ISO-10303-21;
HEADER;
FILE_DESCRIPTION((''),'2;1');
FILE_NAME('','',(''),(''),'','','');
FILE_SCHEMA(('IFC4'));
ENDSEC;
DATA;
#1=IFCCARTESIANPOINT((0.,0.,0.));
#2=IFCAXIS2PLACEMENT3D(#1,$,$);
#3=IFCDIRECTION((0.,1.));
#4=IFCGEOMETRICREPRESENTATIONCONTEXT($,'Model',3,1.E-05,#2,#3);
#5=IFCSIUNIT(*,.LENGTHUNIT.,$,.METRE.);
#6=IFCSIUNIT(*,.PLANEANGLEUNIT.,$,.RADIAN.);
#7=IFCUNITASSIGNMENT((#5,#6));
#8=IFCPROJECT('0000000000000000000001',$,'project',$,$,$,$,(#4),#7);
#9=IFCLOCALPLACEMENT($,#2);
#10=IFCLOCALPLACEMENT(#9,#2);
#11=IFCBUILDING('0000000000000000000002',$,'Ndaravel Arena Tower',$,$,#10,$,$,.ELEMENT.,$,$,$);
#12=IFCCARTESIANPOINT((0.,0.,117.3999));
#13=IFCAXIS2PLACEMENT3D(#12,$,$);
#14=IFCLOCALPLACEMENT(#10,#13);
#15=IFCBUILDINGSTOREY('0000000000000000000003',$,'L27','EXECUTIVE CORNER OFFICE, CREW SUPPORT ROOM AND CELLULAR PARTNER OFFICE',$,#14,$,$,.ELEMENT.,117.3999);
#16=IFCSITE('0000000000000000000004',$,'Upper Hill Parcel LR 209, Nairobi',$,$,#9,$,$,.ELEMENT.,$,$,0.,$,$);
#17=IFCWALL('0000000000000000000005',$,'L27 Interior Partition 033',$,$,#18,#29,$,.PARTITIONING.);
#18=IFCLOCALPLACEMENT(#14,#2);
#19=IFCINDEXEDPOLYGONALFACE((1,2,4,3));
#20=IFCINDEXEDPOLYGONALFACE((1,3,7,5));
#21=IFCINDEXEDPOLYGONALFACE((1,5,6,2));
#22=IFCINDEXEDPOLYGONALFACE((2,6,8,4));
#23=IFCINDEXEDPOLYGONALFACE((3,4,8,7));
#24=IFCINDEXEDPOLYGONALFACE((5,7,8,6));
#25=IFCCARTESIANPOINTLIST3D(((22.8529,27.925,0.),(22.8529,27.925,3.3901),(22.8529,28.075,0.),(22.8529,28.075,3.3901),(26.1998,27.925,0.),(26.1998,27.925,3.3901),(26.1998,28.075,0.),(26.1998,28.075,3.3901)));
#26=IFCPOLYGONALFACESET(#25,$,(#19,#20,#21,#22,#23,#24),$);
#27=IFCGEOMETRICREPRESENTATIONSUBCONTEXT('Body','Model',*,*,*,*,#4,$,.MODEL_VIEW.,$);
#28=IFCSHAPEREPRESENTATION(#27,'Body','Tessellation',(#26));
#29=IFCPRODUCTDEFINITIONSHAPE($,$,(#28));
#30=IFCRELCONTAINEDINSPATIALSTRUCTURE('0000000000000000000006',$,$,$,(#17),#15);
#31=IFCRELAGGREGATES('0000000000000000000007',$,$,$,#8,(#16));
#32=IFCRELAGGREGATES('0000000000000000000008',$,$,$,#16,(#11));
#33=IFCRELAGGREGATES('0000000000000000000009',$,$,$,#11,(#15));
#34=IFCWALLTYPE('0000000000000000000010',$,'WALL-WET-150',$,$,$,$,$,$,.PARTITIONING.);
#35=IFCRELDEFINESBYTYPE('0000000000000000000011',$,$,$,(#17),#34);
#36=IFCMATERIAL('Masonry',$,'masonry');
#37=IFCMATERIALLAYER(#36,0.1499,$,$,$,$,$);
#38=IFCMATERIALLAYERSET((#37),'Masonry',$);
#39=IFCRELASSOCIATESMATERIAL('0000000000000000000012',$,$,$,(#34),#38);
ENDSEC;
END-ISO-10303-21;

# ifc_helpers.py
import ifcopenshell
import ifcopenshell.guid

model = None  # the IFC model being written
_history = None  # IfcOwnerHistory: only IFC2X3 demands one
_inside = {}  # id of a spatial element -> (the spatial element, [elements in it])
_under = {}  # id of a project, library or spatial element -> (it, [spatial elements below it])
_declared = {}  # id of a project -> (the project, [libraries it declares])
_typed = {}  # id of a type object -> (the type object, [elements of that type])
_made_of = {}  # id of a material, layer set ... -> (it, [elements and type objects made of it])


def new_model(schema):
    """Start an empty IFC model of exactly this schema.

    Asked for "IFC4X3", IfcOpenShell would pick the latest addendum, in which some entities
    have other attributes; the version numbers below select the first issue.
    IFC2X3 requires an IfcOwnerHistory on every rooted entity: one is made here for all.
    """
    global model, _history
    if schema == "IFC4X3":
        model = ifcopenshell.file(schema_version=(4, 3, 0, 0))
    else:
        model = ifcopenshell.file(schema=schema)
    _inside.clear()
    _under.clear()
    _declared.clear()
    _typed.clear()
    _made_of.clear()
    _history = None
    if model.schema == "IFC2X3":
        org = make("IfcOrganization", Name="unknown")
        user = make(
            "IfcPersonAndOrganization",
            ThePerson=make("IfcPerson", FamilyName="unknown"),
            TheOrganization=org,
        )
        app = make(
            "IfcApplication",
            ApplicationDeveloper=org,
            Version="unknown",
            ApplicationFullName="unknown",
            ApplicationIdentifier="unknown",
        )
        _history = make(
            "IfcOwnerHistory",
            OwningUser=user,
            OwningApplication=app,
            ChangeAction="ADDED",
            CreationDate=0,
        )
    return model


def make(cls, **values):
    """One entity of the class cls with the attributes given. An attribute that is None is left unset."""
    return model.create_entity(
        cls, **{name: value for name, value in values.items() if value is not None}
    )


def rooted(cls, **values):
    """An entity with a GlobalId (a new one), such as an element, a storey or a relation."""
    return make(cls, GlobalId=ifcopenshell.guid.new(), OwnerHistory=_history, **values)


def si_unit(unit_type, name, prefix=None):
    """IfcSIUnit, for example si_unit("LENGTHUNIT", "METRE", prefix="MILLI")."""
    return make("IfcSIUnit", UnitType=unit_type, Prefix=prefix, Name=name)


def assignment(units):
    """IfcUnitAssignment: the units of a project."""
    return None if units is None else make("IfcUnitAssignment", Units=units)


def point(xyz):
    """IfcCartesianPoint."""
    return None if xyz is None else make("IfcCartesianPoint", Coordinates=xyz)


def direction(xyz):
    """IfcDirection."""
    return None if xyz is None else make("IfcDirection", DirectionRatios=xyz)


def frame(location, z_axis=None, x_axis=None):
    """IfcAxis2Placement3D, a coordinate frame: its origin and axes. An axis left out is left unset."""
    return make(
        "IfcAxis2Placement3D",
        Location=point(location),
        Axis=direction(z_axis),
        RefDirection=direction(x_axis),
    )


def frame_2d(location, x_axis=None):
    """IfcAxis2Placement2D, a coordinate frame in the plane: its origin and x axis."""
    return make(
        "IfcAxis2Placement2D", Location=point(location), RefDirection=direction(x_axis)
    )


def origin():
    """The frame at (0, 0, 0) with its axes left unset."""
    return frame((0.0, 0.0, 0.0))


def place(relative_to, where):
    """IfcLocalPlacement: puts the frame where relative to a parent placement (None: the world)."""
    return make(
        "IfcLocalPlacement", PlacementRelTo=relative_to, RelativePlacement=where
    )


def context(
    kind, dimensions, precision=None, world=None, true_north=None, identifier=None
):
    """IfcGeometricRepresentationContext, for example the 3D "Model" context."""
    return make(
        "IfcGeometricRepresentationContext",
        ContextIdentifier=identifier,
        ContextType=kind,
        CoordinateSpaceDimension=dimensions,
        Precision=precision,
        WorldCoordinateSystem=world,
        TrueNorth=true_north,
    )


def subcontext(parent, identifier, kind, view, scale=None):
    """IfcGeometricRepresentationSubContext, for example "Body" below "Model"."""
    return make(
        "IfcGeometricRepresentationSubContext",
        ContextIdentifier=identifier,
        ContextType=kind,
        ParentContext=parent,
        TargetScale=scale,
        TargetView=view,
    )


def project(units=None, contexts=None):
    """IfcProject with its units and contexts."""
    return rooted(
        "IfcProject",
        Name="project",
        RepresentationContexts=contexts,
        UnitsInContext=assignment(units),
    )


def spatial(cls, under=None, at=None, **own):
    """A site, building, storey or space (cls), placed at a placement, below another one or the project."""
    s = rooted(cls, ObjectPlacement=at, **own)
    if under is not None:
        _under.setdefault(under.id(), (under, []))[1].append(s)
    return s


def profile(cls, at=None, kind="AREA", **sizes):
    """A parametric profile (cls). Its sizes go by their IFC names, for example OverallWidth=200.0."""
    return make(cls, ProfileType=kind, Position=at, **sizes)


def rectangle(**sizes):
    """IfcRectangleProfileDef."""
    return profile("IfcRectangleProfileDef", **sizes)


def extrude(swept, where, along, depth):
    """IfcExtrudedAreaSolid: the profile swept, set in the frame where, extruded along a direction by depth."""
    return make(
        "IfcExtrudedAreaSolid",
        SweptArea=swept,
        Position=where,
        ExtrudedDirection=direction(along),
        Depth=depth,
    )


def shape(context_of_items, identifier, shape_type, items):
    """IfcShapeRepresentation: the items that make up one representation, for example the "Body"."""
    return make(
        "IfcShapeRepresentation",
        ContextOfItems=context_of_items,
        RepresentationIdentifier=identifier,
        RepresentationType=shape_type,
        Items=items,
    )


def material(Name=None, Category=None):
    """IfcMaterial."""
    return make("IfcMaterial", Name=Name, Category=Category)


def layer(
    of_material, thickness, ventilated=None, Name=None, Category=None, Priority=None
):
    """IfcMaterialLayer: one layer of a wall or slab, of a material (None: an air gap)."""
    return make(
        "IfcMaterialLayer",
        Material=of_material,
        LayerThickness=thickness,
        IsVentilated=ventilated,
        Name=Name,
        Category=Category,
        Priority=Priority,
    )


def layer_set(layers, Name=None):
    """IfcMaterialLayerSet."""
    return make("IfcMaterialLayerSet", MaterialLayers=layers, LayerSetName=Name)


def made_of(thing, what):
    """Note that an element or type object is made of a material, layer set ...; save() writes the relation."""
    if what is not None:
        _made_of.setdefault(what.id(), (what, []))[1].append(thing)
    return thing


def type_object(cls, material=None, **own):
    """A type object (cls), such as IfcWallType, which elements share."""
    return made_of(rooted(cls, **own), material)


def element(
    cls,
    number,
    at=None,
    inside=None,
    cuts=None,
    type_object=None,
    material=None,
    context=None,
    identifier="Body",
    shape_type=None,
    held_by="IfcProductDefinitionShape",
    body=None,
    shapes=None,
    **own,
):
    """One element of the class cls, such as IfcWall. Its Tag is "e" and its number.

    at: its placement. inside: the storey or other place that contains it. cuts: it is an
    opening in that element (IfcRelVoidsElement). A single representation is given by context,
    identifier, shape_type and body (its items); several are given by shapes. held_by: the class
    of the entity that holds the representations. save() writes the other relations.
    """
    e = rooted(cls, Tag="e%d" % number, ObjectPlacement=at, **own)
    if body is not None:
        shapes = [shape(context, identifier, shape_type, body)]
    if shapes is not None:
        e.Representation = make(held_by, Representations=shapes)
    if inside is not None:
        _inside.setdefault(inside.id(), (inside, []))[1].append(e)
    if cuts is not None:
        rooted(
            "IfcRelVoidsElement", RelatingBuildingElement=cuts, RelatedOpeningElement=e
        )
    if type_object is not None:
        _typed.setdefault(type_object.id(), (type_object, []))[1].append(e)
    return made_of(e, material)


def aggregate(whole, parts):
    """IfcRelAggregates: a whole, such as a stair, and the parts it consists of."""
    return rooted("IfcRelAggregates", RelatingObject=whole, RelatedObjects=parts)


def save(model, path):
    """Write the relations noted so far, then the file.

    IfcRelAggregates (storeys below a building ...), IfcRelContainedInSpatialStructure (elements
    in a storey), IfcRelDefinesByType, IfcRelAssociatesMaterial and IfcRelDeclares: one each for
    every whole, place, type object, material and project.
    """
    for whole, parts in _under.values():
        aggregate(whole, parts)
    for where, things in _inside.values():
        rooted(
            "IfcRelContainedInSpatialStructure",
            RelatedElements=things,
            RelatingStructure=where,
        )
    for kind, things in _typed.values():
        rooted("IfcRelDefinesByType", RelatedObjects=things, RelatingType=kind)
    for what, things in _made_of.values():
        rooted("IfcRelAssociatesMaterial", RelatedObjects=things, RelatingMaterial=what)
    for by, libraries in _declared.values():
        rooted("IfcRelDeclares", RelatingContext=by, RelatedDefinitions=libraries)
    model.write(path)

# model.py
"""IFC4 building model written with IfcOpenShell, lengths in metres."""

from ifc_helpers import new_model, si_unit, direction, frame, frame_2d, origin, place, context, subcontext, project, spatial, rectangle, extrude, material, layer, layer_set, type_object, element, save


model = new_model("IFC4")

# Units and contexts
model_context = context("Model", 3, precision=1e-05, world=origin(), true_north=direction((0.0, 1.0)))
body_context = subcontext(model_context, "Body", "Model", "MODEL_VIEW")
ifc_project = project(units=[si_unit("LENGTHUNIT", "METRE"), si_unit("PLANEANGLEUNIT", "RADIAN")], contexts=[model_context])

# Site, building, storey
site_placement = place(None, origin())
site = spatial("IfcSite", under=ifc_project, at=site_placement, Name="Upper Hill Parcel LR 209, Nairobi", CompositionType="ELEMENT", RefElevation=0.0)
building_placement = place(site_placement, origin())
building = spatial("IfcBuilding", under=site, at=building_placement, Name="Ndaravel Arena Tower", CompositionType="ELEMENT")
storey_placement = place(building_placement, frame((0.0, 0.0, 117.3999)))
storey = spatial("IfcBuildingStorey", under=building, at=storey_placement, Name="L27", Description="EXECUTIVE CORNER OFFICE, CREW SUPPORT ROOM AND CELLULAR PARTNER OFFICE", CompositionType="ELEMENT", Elevation=117.3999)

# Wall
ifc_material_1 = material(Name="Masonry", Category="masonry")
ifc_layer_1 = layer(ifc_material_1, 0.1499)
ifc_layer_set_1 = layer_set([ifc_layer_1], Name="Masonry")
wall_type_1 = type_object("IfcWallType", Name="WALL-WET-150", PredefinedType="PARTITIONING", material=ifc_layer_set_1)
wall_1_placement = place(storey_placement, frame((22.853, 28.0, 0.0), z_axis=(0.0, 0.0, 1.0), x_axis=(1.0, 0.0, 0.0)))
element("IfcWall", 1, at=wall_1_placement, inside=storey, type_object=wall_type_1, Name="L27 Interior Partition 033", PredefinedType="PARTITIONING", context=body_context, shape_type="SweptSolid", body=[
    extrude(rectangle(XDim=3.3469, YDim=0.1499, at=frame_2d((1.6733, 0.0))), origin(), (0.0, 0.0, 1.0), 3.3901),
])

save(model, "model.ifc")
